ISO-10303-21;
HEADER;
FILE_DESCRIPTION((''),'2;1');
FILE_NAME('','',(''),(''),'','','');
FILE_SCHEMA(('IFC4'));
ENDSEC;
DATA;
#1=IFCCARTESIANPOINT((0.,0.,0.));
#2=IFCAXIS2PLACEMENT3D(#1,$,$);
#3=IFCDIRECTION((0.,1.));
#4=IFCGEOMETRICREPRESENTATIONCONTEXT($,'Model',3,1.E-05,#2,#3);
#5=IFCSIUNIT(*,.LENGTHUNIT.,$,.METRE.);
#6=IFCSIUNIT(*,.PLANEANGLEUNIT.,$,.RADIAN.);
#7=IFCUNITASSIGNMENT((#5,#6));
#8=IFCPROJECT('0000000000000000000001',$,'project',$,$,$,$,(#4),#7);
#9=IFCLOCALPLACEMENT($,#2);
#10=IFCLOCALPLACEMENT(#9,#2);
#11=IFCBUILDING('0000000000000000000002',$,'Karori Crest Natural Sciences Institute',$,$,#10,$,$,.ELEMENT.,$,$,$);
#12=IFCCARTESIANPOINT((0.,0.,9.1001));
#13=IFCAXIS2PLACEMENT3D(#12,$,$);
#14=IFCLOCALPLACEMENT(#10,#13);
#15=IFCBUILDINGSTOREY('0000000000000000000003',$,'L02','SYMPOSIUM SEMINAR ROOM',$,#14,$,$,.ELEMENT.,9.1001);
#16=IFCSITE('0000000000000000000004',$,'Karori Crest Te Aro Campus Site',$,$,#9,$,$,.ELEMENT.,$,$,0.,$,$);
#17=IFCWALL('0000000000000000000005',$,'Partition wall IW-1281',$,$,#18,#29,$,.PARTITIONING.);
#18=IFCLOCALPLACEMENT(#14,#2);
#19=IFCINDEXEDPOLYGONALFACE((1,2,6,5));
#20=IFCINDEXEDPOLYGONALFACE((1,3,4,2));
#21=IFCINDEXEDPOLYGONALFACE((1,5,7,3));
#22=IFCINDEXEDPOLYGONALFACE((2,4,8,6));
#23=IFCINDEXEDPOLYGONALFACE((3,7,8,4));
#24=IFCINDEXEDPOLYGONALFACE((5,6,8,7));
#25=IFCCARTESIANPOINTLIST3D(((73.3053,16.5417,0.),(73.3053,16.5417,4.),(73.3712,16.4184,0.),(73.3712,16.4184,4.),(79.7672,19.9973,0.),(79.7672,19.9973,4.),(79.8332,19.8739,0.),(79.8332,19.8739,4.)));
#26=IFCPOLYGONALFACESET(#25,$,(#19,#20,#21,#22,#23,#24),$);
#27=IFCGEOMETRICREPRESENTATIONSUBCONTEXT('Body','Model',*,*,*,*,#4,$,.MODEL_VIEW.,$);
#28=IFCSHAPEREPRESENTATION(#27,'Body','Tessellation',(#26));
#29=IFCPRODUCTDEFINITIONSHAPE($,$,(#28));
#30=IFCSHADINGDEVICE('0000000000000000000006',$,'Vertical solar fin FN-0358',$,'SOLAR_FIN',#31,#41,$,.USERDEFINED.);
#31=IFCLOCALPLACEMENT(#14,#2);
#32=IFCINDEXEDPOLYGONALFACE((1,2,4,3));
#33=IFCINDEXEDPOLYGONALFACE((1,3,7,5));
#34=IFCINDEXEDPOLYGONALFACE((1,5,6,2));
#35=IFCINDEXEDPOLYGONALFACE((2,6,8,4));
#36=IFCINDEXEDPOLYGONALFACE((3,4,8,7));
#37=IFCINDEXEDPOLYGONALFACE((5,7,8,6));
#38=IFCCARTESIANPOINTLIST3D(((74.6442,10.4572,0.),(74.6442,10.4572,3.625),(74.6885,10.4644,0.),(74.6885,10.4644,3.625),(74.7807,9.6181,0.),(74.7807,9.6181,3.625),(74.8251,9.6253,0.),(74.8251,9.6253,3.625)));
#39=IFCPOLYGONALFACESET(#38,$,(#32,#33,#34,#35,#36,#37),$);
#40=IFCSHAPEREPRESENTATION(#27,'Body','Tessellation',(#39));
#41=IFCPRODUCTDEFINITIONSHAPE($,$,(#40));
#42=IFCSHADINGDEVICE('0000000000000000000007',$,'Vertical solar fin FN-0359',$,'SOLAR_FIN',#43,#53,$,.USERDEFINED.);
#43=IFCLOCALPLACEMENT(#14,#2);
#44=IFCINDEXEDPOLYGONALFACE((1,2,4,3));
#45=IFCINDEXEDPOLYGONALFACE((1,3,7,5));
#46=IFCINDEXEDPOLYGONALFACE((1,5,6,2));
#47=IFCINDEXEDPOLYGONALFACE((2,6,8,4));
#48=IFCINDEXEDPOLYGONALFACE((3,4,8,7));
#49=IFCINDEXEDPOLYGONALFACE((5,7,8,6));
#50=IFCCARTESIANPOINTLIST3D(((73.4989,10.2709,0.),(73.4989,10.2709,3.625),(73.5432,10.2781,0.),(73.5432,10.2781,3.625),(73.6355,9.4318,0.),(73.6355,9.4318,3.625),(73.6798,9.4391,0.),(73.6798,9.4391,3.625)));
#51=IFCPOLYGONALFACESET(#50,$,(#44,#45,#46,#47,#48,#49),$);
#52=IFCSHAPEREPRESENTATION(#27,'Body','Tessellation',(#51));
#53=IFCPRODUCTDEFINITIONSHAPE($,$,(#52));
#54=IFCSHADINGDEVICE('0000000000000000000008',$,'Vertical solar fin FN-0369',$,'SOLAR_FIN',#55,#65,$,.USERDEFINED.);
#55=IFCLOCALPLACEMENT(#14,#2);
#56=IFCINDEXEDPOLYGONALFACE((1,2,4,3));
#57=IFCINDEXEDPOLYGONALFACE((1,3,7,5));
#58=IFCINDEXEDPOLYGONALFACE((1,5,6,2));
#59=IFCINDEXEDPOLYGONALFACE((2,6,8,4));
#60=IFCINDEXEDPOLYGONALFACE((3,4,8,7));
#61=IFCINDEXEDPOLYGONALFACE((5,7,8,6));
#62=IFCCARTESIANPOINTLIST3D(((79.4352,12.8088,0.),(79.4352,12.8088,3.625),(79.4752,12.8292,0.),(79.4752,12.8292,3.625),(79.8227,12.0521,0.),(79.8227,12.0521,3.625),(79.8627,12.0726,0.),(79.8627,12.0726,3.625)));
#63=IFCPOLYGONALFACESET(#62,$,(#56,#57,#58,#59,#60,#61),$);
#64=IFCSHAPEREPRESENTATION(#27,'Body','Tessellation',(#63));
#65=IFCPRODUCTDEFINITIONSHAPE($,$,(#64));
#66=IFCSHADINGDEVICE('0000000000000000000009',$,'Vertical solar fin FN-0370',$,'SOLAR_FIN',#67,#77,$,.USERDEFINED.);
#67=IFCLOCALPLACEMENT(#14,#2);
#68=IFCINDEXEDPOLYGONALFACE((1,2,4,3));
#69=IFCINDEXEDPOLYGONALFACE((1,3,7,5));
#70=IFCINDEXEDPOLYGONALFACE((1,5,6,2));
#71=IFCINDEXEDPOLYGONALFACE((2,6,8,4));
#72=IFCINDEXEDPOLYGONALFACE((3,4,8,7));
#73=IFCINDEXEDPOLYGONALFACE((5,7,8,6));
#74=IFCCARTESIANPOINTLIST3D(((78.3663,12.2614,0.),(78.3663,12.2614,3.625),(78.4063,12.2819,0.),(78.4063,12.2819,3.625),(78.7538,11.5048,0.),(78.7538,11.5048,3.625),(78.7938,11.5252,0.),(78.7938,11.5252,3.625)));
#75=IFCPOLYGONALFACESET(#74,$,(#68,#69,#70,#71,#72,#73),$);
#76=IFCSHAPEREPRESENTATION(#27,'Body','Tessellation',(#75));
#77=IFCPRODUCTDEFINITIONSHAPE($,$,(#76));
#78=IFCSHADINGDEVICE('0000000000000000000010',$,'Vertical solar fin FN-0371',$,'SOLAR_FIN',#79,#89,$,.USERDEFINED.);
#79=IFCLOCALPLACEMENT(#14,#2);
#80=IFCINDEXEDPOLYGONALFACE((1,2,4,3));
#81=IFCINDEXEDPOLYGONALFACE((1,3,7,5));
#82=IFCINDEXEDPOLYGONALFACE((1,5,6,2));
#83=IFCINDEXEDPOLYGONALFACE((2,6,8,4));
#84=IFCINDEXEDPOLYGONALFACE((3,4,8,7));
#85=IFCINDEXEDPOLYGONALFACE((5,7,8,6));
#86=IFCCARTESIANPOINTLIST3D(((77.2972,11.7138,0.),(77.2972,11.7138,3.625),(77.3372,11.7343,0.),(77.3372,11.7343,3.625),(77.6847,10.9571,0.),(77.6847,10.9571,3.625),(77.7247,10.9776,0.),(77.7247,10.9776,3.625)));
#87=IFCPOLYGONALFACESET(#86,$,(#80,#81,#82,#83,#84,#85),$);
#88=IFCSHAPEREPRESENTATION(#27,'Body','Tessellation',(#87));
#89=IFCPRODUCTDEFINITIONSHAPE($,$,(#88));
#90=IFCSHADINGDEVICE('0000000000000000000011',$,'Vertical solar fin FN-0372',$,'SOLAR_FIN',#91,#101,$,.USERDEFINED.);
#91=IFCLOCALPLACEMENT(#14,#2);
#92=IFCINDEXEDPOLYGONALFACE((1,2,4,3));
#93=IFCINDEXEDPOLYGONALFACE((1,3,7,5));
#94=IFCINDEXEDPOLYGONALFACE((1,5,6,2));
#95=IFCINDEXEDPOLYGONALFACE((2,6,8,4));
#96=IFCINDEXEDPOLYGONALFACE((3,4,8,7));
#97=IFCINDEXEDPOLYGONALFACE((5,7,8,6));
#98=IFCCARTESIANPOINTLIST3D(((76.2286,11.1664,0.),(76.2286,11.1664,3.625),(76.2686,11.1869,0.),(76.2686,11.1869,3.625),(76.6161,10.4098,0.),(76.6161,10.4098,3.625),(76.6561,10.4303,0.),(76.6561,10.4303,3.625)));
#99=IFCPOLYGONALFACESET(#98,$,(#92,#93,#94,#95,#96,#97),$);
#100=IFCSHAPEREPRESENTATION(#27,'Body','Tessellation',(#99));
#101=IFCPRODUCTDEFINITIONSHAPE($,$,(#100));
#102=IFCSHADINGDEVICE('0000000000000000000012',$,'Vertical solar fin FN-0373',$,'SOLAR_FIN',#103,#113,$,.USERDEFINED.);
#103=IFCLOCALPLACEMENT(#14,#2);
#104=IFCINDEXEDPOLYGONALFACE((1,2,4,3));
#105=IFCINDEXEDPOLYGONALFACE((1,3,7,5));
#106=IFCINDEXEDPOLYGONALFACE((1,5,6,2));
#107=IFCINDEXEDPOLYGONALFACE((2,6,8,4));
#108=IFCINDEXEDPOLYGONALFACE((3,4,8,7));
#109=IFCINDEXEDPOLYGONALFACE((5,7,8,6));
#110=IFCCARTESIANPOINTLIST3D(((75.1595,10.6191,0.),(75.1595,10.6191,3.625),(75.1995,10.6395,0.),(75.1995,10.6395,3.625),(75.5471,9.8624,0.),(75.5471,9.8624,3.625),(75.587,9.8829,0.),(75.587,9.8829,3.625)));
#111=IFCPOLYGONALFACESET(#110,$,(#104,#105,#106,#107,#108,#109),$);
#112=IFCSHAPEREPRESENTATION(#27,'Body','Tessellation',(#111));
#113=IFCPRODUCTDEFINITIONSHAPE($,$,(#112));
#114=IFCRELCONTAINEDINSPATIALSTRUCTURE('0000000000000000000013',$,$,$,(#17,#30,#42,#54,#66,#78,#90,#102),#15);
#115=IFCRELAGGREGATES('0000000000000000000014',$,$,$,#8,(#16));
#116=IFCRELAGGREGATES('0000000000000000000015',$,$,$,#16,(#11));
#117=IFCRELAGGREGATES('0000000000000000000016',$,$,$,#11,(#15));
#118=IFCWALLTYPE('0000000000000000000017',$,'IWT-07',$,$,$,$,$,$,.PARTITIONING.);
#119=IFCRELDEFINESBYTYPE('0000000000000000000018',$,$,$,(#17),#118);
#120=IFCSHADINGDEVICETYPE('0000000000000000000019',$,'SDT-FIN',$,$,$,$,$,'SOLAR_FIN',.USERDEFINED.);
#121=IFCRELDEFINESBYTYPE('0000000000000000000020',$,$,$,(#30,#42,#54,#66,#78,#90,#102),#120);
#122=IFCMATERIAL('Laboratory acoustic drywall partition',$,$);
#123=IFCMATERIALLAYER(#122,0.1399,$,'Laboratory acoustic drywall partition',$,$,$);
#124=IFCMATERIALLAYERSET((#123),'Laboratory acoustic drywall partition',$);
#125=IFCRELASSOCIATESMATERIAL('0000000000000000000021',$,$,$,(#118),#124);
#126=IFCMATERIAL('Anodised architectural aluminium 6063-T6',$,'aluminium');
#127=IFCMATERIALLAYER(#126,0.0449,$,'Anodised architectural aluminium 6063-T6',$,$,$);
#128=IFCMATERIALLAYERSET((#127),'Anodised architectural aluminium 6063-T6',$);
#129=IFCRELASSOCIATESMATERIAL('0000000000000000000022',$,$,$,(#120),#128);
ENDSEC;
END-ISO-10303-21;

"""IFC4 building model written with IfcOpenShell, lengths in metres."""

from ifc_helpers import new_model, si_unit, direction, frame, frame_2d, origin, origin_2d, place, context, subcontext, project, spatial, rectangle, extrude, material, layer, layer_set, type_object, element, save


model = new_model("IFC4")

# Units and contexts
model_context = context("Model", 3, precision=1e-05, world=origin(), true_north=direction((0.0, 1.0)))
body_context = subcontext(model_context, "Body", "Model", "MODEL_VIEW")
ifc_project = project(units=[si_unit("LENGTHUNIT", "METRE"), si_unit("PLANEANGLEUNIT", "RADIAN")], contexts=[model_context])

# Site, building, storey
site_placement = place(None, origin())
site = spatial("IfcSite", under=ifc_project, at=site_placement, Name="Karori Crest Te Aro Campus Site", CompositionType="ELEMENT", RefElevation=0.0)
building_placement = place(site_placement, origin())
building = spatial("IfcBuilding", under=site, at=building_placement, Name="Karori Crest Natural Sciences Institute", CompositionType="ELEMENT")
storey_placement = place(building_placement, frame((0.0, 0.0, 9.1001)))
storey = spatial("IfcBuildingStorey", under=building, at=storey_placement, Name="L02", Description="SYMPOSIUM SEMINAR ROOM", CompositionType="ELEMENT", Elevation=9.1001)

# Shared definitions
ifc_material_1 = material(Name="Anodised architectural aluminium 6063-T6", Category="aluminium")

# Wall
ifc_material_2 = material(Name="Laboratory acoustic drywall partition")
ifc_layer_1 = layer(ifc_material_2, 0.1399, Name="Laboratory acoustic drywall partition")
ifc_layer_set_1 = layer_set([ifc_layer_1], Name="Laboratory acoustic drywall partition")
wall_type = type_object("IfcWallType", Name="IWT-07", PredefinedType="PARTITIONING", material=ifc_layer_set_1)
wall_placement = place(storey_placement, frame((73.3381, 16.48, 0.0), z_axis=(0.0, 0.0, 1.0), x_axis=(0.88183, 0.471567, 0.0)))
element("IfcWall", 1, at=wall_placement, inside=storey, type_object=wall_type, Name="Partition wall IW-1281", PredefinedType="PARTITIONING", context=body_context, shape_type="SweptSolid", body=[
    extrude(rectangle(XDim=7.3279, YDim=0.1399, at=frame_2d((3.6641, 0.0))), origin(), (0.0, 0.0, 1.0), 4.0),
])

# Shading devices
ifc_layer_2 = layer(ifc_material_1, 0.0449, Name="Anodised architectural aluminium 6063-T6")
ifc_layer_set_2 = layer_set([ifc_layer_2], Name="Anodised architectural aluminium 6063-T6")
shading_device_type = type_object("IfcShadingDeviceType", Name="SDT-FIN", ElementType="SOLAR_FIN", PredefinedType="USERDEFINED", material=ifc_layer_set_2)
for number, where, z_axis, x_axis, name in (
    (2, (74.7346, 10.0413, 0.0), (0.0, 0.0, 1.0), (0.160656, -0.98701, 0.0), "Vertical solar fin FN-0358"),
    (3, (73.5894, 9.855, 0.0), (0.0, 0.0, 1.0), (0.160656, -0.98701, 0.0), "Vertical solar fin FN-0359"),
    (4, (79.6489, 12.4407, 0.0), (0.0, 0.0, 1.0), (0.455832, -0.890066, 0.0), "Vertical solar fin FN-0369"),
    (5, (78.5801, 11.8933, 0.0), (0.0, 0.0, 1.0), (0.455832, -0.890066, 0.0), "Vertical solar fin FN-0370"),
    (6, (77.511, 11.3457, 0.0), (0.0, 0.0, 1.0), (0.455832, -0.890066, 0.0), "Vertical solar fin FN-0371"),
    (7, (76.4424, 10.7983, 0.0), (0.0, 0.0, 1.0), (0.455832, -0.890066, 0.0), "Vertical solar fin FN-0372"),
    (8, (75.3733, 10.251, 0.0), (0.0, 0.0, 1.0), (0.455832, -0.890066, 0.0), "Vertical solar fin FN-0373"),
):
    element("IfcShadingDevice", number, at=place(storey_placement, frame(where, z_axis=z_axis, x_axis=x_axis)), inside=storey, type_object=shading_device_type, Name=name, ObjectType="SOLAR_FIN", PredefinedType="USERDEFINED", context=body_context, shape_type="SweptSolid", body=[
        extrude(rectangle(XDim=0.8501, YDim=0.0449, at=origin_2d()), origin(), (0.0, 0.0, 1.0), 3.625),
    ])

save(model, "model.ifc")
